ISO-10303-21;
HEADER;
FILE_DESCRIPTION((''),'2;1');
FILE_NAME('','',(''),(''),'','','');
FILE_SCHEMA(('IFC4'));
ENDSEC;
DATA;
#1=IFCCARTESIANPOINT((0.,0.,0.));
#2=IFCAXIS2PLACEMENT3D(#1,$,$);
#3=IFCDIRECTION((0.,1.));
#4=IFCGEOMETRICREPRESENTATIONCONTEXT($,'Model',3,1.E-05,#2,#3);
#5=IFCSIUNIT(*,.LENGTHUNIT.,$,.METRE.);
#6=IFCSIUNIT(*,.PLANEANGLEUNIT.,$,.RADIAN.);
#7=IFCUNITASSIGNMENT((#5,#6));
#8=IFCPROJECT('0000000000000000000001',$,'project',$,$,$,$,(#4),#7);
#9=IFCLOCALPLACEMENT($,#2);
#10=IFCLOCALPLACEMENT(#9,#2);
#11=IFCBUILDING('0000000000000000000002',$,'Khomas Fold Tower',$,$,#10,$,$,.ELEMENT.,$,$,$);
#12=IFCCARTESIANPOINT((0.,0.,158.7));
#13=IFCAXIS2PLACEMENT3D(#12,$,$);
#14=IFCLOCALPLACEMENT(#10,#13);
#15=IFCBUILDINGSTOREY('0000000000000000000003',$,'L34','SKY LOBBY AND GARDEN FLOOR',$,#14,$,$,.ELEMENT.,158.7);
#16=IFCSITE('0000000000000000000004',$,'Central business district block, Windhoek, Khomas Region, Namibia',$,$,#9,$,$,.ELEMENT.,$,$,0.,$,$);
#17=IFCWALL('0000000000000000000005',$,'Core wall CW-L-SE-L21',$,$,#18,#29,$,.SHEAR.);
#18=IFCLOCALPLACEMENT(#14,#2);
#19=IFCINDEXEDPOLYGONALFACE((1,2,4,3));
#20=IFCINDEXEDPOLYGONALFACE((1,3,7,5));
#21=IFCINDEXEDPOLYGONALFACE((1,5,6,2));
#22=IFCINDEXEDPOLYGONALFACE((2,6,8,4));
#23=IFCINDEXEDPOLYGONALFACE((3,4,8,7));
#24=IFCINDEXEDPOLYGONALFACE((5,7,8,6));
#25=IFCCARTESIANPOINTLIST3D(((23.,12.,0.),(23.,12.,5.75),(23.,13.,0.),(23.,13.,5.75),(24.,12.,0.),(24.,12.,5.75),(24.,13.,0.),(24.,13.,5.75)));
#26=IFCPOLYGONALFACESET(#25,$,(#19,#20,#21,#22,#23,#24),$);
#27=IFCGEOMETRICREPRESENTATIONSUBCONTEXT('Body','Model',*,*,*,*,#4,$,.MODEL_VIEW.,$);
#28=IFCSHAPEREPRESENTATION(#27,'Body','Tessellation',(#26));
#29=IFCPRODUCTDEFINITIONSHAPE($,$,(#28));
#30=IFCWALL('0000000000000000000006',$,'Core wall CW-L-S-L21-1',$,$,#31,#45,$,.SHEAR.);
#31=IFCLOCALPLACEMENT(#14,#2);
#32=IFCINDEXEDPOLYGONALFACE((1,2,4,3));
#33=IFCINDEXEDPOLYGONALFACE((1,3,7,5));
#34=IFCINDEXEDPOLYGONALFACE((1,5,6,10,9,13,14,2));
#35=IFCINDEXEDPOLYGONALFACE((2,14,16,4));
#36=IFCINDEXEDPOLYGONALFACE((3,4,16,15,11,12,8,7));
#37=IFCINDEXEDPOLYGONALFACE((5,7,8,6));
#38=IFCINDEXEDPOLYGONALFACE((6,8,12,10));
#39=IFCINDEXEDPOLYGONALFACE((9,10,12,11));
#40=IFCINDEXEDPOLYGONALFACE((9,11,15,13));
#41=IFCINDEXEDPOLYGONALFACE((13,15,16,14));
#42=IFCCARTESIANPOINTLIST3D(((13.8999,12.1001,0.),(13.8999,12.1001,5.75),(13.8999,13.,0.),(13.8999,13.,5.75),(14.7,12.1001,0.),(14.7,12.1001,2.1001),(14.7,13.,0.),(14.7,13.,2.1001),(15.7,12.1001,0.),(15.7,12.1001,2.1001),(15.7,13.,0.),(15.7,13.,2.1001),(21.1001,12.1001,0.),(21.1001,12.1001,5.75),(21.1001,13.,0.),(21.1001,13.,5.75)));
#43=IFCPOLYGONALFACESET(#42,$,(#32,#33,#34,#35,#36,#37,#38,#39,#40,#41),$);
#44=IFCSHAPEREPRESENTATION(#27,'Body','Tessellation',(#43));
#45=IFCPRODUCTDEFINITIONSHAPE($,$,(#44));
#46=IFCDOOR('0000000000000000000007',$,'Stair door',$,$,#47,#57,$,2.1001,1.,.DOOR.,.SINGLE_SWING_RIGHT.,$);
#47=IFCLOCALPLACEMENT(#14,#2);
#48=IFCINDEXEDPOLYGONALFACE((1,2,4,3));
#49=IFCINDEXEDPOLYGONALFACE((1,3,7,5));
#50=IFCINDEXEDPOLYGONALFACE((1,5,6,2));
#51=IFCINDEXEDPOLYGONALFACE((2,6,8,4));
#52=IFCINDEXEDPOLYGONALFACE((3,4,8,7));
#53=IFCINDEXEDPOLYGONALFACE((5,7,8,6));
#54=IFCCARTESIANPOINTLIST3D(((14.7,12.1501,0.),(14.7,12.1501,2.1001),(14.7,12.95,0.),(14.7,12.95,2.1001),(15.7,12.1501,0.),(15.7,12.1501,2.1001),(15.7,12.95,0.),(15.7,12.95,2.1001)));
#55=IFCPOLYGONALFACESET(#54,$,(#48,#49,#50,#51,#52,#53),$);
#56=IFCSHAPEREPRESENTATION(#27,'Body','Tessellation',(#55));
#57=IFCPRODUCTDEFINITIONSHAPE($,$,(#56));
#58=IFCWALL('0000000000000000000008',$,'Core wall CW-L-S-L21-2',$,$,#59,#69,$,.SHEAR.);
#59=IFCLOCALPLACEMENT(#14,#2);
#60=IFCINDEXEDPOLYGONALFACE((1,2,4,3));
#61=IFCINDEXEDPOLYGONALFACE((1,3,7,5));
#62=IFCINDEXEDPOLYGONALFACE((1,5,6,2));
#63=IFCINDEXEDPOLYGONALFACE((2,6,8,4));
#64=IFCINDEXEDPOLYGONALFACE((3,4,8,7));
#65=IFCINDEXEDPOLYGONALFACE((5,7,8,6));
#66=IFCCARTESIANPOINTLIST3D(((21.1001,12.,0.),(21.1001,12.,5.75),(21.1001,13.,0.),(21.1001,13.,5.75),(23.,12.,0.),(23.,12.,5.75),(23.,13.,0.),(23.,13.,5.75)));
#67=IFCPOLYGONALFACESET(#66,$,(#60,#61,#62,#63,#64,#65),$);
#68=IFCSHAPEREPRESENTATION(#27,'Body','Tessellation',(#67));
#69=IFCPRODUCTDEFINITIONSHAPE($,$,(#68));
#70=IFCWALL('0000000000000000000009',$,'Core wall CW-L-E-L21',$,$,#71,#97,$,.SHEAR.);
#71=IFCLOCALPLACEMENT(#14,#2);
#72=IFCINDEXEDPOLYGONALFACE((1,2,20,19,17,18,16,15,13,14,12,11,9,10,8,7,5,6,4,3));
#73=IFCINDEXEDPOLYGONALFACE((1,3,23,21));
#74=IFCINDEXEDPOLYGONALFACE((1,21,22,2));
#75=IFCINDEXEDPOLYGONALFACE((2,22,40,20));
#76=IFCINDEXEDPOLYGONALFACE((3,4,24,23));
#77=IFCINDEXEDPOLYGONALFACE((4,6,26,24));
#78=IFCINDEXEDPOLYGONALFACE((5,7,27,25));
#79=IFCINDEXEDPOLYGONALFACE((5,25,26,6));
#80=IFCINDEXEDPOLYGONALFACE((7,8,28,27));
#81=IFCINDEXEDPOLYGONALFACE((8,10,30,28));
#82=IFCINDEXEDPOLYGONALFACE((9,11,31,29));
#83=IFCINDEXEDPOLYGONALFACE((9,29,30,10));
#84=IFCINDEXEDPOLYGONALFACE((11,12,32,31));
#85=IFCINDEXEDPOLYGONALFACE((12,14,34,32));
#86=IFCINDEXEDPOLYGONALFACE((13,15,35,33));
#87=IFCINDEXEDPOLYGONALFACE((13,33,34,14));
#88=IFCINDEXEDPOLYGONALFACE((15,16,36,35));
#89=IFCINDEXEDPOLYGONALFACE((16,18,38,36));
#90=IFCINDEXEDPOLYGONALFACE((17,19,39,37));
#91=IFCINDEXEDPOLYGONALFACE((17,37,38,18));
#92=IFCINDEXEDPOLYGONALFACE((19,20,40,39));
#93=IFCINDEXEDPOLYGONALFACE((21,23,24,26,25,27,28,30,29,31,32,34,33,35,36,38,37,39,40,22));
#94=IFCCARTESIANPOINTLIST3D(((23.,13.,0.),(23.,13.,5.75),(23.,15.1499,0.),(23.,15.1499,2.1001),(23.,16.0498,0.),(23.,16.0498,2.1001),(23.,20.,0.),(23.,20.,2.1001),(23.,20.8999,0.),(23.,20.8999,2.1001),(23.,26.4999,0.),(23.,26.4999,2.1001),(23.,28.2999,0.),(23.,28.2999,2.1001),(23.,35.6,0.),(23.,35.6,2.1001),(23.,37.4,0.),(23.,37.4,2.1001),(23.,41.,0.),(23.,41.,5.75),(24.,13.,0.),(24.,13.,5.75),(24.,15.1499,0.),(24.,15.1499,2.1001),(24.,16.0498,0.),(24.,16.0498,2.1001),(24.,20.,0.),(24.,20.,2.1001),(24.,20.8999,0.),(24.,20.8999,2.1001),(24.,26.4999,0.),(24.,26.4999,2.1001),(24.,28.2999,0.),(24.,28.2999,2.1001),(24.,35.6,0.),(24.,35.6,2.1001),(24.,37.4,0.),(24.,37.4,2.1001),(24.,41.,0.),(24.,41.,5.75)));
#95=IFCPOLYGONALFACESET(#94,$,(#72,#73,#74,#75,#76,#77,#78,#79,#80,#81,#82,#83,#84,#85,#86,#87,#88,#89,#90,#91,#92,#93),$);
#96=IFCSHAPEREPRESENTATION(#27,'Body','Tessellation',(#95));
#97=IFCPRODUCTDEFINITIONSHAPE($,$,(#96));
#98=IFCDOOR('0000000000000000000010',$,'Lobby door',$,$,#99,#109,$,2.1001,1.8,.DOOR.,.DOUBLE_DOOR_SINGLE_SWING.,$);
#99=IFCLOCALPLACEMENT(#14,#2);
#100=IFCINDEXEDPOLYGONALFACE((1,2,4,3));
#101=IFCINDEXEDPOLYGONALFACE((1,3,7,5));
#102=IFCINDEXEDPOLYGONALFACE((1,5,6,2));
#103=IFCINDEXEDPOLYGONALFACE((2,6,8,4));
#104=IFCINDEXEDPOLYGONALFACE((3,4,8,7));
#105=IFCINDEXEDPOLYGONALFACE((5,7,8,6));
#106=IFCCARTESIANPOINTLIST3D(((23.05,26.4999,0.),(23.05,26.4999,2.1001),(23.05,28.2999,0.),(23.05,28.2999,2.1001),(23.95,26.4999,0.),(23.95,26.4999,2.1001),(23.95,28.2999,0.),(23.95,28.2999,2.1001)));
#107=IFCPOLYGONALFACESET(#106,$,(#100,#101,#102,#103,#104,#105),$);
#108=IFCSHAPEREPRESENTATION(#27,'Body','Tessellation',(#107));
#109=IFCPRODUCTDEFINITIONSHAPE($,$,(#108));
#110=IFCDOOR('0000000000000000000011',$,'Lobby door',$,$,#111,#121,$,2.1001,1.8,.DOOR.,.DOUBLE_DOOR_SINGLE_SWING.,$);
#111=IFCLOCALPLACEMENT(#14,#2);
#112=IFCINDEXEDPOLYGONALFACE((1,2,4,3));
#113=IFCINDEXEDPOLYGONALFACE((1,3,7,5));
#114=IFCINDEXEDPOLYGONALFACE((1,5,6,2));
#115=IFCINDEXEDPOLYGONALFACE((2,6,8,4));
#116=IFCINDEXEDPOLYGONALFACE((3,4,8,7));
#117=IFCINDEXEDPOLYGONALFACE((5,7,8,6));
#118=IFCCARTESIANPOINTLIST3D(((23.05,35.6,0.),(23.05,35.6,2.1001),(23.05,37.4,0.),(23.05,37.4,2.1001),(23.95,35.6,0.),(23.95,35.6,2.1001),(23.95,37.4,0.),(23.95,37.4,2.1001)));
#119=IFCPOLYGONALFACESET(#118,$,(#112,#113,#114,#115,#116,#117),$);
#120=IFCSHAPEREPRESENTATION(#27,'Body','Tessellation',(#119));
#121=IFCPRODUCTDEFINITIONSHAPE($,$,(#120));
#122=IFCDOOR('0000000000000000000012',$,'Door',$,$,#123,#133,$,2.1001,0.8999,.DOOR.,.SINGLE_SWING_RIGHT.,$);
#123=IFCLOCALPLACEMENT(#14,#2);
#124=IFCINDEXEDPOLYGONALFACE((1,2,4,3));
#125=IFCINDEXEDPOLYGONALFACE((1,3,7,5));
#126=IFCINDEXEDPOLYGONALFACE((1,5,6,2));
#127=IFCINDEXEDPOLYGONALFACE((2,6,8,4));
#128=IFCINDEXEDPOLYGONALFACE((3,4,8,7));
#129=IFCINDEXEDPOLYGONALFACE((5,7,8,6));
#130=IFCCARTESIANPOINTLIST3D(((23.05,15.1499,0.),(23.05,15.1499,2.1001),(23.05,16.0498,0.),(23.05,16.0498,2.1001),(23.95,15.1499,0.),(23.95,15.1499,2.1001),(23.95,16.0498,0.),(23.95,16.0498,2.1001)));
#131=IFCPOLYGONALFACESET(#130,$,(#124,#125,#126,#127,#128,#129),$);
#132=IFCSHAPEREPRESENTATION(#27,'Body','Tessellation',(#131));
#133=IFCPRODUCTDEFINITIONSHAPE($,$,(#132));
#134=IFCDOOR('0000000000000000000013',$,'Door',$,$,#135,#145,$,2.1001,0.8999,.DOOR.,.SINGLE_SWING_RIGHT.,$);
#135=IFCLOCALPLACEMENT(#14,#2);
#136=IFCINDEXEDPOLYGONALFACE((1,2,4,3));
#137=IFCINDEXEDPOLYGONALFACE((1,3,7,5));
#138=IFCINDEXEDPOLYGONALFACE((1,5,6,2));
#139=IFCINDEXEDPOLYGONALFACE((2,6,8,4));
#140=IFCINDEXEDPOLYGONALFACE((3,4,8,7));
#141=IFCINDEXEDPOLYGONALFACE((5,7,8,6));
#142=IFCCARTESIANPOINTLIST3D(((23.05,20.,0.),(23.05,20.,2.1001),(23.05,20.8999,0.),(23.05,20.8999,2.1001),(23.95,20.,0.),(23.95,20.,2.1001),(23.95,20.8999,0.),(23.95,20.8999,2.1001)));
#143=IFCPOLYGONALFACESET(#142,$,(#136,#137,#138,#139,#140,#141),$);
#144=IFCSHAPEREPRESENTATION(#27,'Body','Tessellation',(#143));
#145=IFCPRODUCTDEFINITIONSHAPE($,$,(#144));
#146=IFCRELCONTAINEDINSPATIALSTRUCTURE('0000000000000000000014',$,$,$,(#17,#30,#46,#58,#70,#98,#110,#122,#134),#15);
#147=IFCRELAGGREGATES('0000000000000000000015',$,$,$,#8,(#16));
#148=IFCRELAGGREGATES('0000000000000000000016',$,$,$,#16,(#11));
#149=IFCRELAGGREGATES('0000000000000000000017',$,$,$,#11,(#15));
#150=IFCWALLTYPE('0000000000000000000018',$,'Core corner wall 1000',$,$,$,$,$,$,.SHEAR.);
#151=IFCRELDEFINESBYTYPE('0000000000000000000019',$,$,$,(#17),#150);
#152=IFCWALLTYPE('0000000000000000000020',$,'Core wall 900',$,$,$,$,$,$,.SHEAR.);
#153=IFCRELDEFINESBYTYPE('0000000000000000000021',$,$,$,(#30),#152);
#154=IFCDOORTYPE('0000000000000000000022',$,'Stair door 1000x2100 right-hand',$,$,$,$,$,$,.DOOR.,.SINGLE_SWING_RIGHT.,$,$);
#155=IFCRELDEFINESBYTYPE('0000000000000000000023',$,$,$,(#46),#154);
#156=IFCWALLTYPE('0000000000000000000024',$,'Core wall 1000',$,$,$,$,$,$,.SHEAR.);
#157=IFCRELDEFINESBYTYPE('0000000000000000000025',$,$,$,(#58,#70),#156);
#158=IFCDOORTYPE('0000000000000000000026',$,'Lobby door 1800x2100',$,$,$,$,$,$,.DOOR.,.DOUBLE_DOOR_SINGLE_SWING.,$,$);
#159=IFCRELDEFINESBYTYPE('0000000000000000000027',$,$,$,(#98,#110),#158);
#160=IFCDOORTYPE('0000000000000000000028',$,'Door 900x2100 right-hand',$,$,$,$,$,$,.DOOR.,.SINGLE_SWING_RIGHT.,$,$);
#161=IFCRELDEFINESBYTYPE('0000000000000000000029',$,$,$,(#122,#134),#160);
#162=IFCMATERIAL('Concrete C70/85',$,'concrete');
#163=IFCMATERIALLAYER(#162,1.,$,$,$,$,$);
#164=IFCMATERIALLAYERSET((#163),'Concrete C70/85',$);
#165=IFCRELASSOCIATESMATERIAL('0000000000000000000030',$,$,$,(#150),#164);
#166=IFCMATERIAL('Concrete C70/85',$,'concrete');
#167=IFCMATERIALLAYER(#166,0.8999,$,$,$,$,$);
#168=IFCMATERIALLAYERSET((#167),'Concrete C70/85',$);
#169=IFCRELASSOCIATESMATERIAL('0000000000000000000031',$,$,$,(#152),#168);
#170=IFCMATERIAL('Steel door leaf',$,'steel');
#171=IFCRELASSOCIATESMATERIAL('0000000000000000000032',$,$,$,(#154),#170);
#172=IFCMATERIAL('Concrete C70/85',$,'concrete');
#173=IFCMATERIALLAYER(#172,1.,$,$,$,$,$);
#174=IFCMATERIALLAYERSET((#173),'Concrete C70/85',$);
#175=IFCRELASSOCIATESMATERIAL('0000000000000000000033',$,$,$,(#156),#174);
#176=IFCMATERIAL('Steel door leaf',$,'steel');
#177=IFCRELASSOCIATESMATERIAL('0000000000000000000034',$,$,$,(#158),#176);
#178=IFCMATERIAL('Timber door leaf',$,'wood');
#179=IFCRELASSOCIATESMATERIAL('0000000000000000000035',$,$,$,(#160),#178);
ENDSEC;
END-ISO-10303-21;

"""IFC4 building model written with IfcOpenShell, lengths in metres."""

from ifc_helpers import new_model, si_unit, direction, frame, frame_2d, origin, place, context, subcontext, project, spatial, rectangle, extrude, source, transform, mapped, material, layer, layer_set, type_object, element, fill, save


model = new_model("IFC4")

# Units and contexts
model_context = context("Model", 3, precision=1e-05, world=origin(), true_north=direction((0.0, 1.0)))
body_context = subcontext(model_context, "Body", "Model", "MODEL_VIEW")
ifc_project = project(units=[si_unit("LENGTHUNIT", "METRE"), si_unit("PLANEANGLEUNIT", "RADIAN")], contexts=[model_context])

# Site, building, storey
site_placement = place(None, origin())
site = spatial("IfcSite", under=ifc_project, at=site_placement, Name="Central business district block, Windhoek, Khomas Region, Namibia", CompositionType="ELEMENT", RefElevation=0.0)
building_placement = place(site_placement, origin())
building = spatial("IfcBuilding", under=site, at=building_placement, Name="Khomas Fold Tower", CompositionType="ELEMENT")
storey_placement = place(building_placement, frame((0.0, 0.0, 158.7)))
storey = spatial("IfcBuildingStorey", under=building, at=storey_placement, Name="L34", Description="SKY LOBBY AND GARDEN FLOOR", CompositionType="ELEMENT", Elevation=158.7)

# Wall
ifc_material_1 = material(Name="Concrete C70/85", Category="concrete")
ifc_layer_1 = layer(ifc_material_1, 1.0)
ifc_layer_set_1 = layer_set([ifc_layer_1], Name="Concrete C70/85")
wall_type_1 = type_object("IfcWallType", Name="Core corner wall 1000", PredefinedType="SHEAR", material=ifc_layer_set_1)
shared_shape_1 = source(origin(), body_context, "Body", "SweptSolid", [
    extrude(rectangle(XDim=1.0, YDim=1.0, at=frame_2d((0.5, 0.0))), origin(), (0.0, 0.0, 1.0), 5.75),
])
wall_1_placement = place(storey_placement, frame((23.0, 12.5, 0.0), z_axis=(0.0, 0.0, 1.0), x_axis=(1.0, 0.0, 0.0)))
element("IfcWall", 1, at=wall_1_placement, inside=storey, type_object=wall_type_1, Name="Core wall CW-L-SE-L21", PredefinedType="SHEAR", context=body_context, shape_type="MappedRepresentation", body=[
    mapped(shared_shape_1, transform((0.0, 0.0, 0.0))),
])

# Wall, opening, door
ifc_material_2 = material(Name="Concrete C70/85", Category="concrete")
ifc_layer_2 = layer(ifc_material_2, 0.8999)
ifc_layer_set_2 = layer_set([ifc_layer_2], Name="Concrete C70/85")
wall_type_2 = type_object("IfcWallType", Name="Core wall 900", PredefinedType="SHEAR", material=ifc_layer_set_2)
shared_shape_2 = source(origin(), body_context, "Body", "SweptSolid", [
    extrude(rectangle(XDim=7.2002, YDim=0.8999, at=frame_2d((3.6001, 0.0))), origin(), (0.0, 0.0, 1.0), 5.75),
])
wall_2_placement = place(storey_placement, frame((13.8999, 12.55, 0.0), z_axis=(0.0, 0.0, 1.0), x_axis=(1.0, 0.0, 0.0)))
wall_2 = element("IfcWall", 2, at=wall_2_placement, inside=storey, type_object=wall_type_2, Name="Core wall CW-L-S-L21-1", PredefinedType="SHEAR", context=body_context, shape_type="MappedRepresentation", body=[
    mapped(shared_shape_2, transform((0.0, 0.0, 0.0))),
])
shared_shape_3 = source(origin(), body_context, "Body", "SweptSolid", [
    extrude(rectangle(XDim=1.0, YDim=2.1001, at=frame_2d((0.5, 1.05))), frame((0.0, 0.46, 0.0), z_axis=(0.0, -1.0, 0.0), x_axis=(1.0, 0.0, 0.0)), (0.0, 0.0, 1.0), 0.9199),
])
opening_1_placement = place(wall_2_placement, frame((0.8, 0.0, 0.0)))
opening_1 = element("IfcOpeningElement", 3, at=opening_1_placement, cuts=wall_2, PredefinedType="OPENING", context=body_context, shape_type="MappedRepresentation", body=[
    mapped(shared_shape_3, transform((0.0, 0.0, 0.0))),
])
ifc_material_3 = material(Name="Steel door leaf", Category="steel")
door_type_1 = type_object("IfcDoorType", Name="Stair door 1000x2100 right-hand", OperationType="SINGLE_SWING_RIGHT", PredefinedType="DOOR", material=ifc_material_3)
shared_shape_4 = source(origin(), body_context, "Body", "SweptSolid", [
    extrude(rectangle(XDim=1.0, YDim=2.1001, at=frame_2d((0.5, 1.05))), frame((0.0, 0.3999, 0.0), z_axis=(0.0, -1.0, 0.0), x_axis=(1.0, 0.0, 0.0)), (0.0, 0.0, 1.0), 0.7998),
])
door_1_placement = place(opening_1_placement, origin())
door_1 = element("IfcDoor", 4, at=door_1_placement, inside=storey, type_object=door_type_1, Name="Stair door", OperationType="SINGLE_SWING_RIGHT", OverallHeight=2.1001, OverallWidth=1.0, PredefinedType="DOOR", context=body_context, shape_type="MappedRepresentation", body=[
    mapped(shared_shape_4, transform((0.0, 0.0, 0.0))),
])
fill(opening_1, door_1)

# Wall
ifc_material_4 = material(Name="Concrete C70/85", Category="concrete")
ifc_layer_3 = layer(ifc_material_4, 1.0)
ifc_layer_set_3 = layer_set([ifc_layer_3], Name="Concrete C70/85")
wall_type_3 = type_object("IfcWallType", Name="Core wall 1000", PredefinedType="SHEAR", material=ifc_layer_set_3)
shared_shape_5 = source(origin(), body_context, "Body", "SweptSolid", [
    extrude(rectangle(XDim=1.8999, YDim=1.0, at=frame_2d((0.95, 0.0))), origin(), (0.0, 0.0, 1.0), 5.75),
])
wall_3_placement = place(storey_placement, frame((21.1001, 12.5, 0.0), z_axis=(0.0, 0.0, 1.0), x_axis=(1.0, 0.0, 0.0)))
element("IfcWall", 5, at=wall_3_placement, inside=storey, type_object=wall_type_3, Name="Core wall CW-L-S-L21-2", PredefinedType="SHEAR", context=body_context, shape_type="MappedRepresentation", body=[
    mapped(shared_shape_5, transform((0.0, 0.0, 0.0))),
])

# Wall, openings, doors
shared_shape_6 = source(origin(), body_context, "Body", "SweptSolid", [
    extrude(rectangle(XDim=28.0, YDim=1.0, at=frame_2d((14.0, 0.0))), origin(), (0.0, 0.0, 1.0), 5.75),
])
wall_4_placement = place(storey_placement, frame((23.5, 13.0, 0.0), z_axis=(0.0, 0.0, 1.0), x_axis=(0.0, 1.0, 0.0)))
wall_4 = element("IfcWall", 6, at=wall_4_placement, inside=storey, type_object=wall_type_3, Name="Core wall CW-L-E-L21", PredefinedType="SHEAR", context=body_context, shape_type="MappedRepresentation", body=[
    mapped(shared_shape_6, transform((0.0, 0.0, 0.0))),
])
shared_shape_7 = source(origin(), body_context, "Body", "SweptSolid", [
    extrude(rectangle(XDim=1.8, YDim=2.1001, at=frame_2d((0.8999, 1.05))), frame((0.0, 0.51, 0.0), z_axis=(0.0, -1.0, 0.0), x_axis=(1.0, 0.0, 0.0)), (0.0, 0.0, 1.0), 1.02),
])
opening_2_placement = place(wall_4_placement, frame((13.5, 0.0, 0.0)))
opening_2 = element("IfcOpeningElement", 7, at=opening_2_placement, cuts=wall_4, PredefinedType="OPENING", context=body_context, shape_type="MappedRepresentation", body=[
    mapped(shared_shape_7, transform((0.0, 0.0, 0.0))),
])
opening_3_placement = place(wall_4_placement, frame((22.6001, 0.0, 0.0)))
opening_3 = element("IfcOpeningElement", 8, at=opening_3_placement, cuts=wall_4, PredefinedType="OPENING", context=body_context, shape_type="MappedRepresentation", body=[
    mapped(shared_shape_7, transform((0.0, 0.0, 0.0))),
])
shared_shape_8 = source(origin(), body_context, "Body", "SweptSolid", [
    extrude(rectangle(XDim=0.8999, YDim=2.1001, at=frame_2d((0.45, 1.05))), frame((0.0, 0.51, 0.0), z_axis=(0.0, -1.0, 0.0), x_axis=(1.0, 0.0, 0.0)), (0.0, 0.0, 1.0), 1.02),
])
opening_4_placement = place(wall_4_placement, frame((2.1499, 0.0, 0.0)))
opening_4 = element("IfcOpeningElement", 9, at=opening_4_placement, cuts=wall_4, PredefinedType="OPENING", context=body_context, shape_type="MappedRepresentation", body=[
    mapped(shared_shape_8, transform((0.0, 0.0, 0.0))),
])
opening_5_placement = place(wall_4_placement, frame((7.0, 0.0, 0.0)))
opening_5 = element("IfcOpeningElement", 10, at=opening_5_placement, cuts=wall_4, PredefinedType="OPENING", context=body_context, shape_type="MappedRepresentation", body=[
    mapped(shared_shape_8, transform((0.0, 0.0, 0.0))),
])
ifc_material_5 = material(Name="Steel door leaf", Category="steel")
door_type_2 = type_object("IfcDoorType", Name="Lobby door 1800x2100", OperationType="DOUBLE_DOOR_SINGLE_SWING", PredefinedType="DOOR", material=ifc_material_5)
shared_shape_9 = source(origin(), body_context, "Body", "SweptSolid", [
    extrude(rectangle(XDim=1.8, YDim=2.1001, at=frame_2d((0.8999, 1.05))), frame((0.0, 0.45, 0.0), z_axis=(0.0, -1.0, 0.0), x_axis=(1.0, 0.0, 0.0)), (0.0, 0.0, 1.0), 0.8999),
])
door_2_placement = place(opening_2_placement, origin())
door_2 = element("IfcDoor", 11, at=door_2_placement, inside=storey, type_object=door_type_2, Name="Lobby door", OperationType="DOUBLE_DOOR_SINGLE_SWING", OverallHeight=2.1001, OverallWidth=1.8, PredefinedType="DOOR", context=body_context, shape_type="MappedRepresentation", body=[
    mapped(shared_shape_9, transform((0.0, 0.0, 0.0))),
])
fill(opening_2, door_2)
door_3_placement = place(opening_3_placement, origin())
door_3 = element("IfcDoor", 12, at=door_3_placement, inside=storey, type_object=door_type_2, Name="Lobby door", OperationType="DOUBLE_DOOR_SINGLE_SWING", OverallHeight=2.1001, OverallWidth=1.8, PredefinedType="DOOR", context=body_context, shape_type="MappedRepresentation", body=[
    mapped(shared_shape_9, transform((0.0, 0.0, 0.0))),
])
fill(opening_3, door_3)
ifc_material_6 = material(Name="Timber door leaf", Category="wood")
door_type_3 = type_object("IfcDoorType", Name="Door 900x2100 right-hand", OperationType="SINGLE_SWING_RIGHT", PredefinedType="DOOR", material=ifc_material_6)
shared_shape_10 = source(origin(), body_context, "Body", "SweptSolid", [
    extrude(rectangle(XDim=0.8999, YDim=2.1001, at=frame_2d((0.45, 1.05))), frame((0.0, 0.45, 0.0), z_axis=(0.0, -1.0, 0.0), x_axis=(1.0, 0.0, 0.0)), (0.0, 0.0, 1.0), 0.8999),
])
door_4_placement = place(opening_4_placement, origin())
door_4 = element("IfcDoor", 13, at=door_4_placement, inside=storey, type_object=door_type_3, Name="Door", OperationType="SINGLE_SWING_RIGHT", OverallHeight=2.1001, OverallWidth=0.8999, PredefinedType="DOOR", context=body_context, shape_type="MappedRepresentation", body=[
    mapped(shared_shape_10, transform((0.0, 0.0, 0.0))),
])
fill(opening_4, door_4)
door_5_placement = place(opening_5_placement, origin())
door_5 = element("IfcDoor", 14, at=door_5_placement, inside=storey, type_object=door_type_3, Name="Door", OperationType="SINGLE_SWING_RIGHT", OverallHeight=2.1001, OverallWidth=0.8999, PredefinedType="DOOR", context=body_context, shape_type="MappedRepresentation", body=[
    mapped(shared_shape_10, transform((0.0, 0.0, 0.0))),
])
fill(opening_5, door_5)

save(model, "model.ifc")
